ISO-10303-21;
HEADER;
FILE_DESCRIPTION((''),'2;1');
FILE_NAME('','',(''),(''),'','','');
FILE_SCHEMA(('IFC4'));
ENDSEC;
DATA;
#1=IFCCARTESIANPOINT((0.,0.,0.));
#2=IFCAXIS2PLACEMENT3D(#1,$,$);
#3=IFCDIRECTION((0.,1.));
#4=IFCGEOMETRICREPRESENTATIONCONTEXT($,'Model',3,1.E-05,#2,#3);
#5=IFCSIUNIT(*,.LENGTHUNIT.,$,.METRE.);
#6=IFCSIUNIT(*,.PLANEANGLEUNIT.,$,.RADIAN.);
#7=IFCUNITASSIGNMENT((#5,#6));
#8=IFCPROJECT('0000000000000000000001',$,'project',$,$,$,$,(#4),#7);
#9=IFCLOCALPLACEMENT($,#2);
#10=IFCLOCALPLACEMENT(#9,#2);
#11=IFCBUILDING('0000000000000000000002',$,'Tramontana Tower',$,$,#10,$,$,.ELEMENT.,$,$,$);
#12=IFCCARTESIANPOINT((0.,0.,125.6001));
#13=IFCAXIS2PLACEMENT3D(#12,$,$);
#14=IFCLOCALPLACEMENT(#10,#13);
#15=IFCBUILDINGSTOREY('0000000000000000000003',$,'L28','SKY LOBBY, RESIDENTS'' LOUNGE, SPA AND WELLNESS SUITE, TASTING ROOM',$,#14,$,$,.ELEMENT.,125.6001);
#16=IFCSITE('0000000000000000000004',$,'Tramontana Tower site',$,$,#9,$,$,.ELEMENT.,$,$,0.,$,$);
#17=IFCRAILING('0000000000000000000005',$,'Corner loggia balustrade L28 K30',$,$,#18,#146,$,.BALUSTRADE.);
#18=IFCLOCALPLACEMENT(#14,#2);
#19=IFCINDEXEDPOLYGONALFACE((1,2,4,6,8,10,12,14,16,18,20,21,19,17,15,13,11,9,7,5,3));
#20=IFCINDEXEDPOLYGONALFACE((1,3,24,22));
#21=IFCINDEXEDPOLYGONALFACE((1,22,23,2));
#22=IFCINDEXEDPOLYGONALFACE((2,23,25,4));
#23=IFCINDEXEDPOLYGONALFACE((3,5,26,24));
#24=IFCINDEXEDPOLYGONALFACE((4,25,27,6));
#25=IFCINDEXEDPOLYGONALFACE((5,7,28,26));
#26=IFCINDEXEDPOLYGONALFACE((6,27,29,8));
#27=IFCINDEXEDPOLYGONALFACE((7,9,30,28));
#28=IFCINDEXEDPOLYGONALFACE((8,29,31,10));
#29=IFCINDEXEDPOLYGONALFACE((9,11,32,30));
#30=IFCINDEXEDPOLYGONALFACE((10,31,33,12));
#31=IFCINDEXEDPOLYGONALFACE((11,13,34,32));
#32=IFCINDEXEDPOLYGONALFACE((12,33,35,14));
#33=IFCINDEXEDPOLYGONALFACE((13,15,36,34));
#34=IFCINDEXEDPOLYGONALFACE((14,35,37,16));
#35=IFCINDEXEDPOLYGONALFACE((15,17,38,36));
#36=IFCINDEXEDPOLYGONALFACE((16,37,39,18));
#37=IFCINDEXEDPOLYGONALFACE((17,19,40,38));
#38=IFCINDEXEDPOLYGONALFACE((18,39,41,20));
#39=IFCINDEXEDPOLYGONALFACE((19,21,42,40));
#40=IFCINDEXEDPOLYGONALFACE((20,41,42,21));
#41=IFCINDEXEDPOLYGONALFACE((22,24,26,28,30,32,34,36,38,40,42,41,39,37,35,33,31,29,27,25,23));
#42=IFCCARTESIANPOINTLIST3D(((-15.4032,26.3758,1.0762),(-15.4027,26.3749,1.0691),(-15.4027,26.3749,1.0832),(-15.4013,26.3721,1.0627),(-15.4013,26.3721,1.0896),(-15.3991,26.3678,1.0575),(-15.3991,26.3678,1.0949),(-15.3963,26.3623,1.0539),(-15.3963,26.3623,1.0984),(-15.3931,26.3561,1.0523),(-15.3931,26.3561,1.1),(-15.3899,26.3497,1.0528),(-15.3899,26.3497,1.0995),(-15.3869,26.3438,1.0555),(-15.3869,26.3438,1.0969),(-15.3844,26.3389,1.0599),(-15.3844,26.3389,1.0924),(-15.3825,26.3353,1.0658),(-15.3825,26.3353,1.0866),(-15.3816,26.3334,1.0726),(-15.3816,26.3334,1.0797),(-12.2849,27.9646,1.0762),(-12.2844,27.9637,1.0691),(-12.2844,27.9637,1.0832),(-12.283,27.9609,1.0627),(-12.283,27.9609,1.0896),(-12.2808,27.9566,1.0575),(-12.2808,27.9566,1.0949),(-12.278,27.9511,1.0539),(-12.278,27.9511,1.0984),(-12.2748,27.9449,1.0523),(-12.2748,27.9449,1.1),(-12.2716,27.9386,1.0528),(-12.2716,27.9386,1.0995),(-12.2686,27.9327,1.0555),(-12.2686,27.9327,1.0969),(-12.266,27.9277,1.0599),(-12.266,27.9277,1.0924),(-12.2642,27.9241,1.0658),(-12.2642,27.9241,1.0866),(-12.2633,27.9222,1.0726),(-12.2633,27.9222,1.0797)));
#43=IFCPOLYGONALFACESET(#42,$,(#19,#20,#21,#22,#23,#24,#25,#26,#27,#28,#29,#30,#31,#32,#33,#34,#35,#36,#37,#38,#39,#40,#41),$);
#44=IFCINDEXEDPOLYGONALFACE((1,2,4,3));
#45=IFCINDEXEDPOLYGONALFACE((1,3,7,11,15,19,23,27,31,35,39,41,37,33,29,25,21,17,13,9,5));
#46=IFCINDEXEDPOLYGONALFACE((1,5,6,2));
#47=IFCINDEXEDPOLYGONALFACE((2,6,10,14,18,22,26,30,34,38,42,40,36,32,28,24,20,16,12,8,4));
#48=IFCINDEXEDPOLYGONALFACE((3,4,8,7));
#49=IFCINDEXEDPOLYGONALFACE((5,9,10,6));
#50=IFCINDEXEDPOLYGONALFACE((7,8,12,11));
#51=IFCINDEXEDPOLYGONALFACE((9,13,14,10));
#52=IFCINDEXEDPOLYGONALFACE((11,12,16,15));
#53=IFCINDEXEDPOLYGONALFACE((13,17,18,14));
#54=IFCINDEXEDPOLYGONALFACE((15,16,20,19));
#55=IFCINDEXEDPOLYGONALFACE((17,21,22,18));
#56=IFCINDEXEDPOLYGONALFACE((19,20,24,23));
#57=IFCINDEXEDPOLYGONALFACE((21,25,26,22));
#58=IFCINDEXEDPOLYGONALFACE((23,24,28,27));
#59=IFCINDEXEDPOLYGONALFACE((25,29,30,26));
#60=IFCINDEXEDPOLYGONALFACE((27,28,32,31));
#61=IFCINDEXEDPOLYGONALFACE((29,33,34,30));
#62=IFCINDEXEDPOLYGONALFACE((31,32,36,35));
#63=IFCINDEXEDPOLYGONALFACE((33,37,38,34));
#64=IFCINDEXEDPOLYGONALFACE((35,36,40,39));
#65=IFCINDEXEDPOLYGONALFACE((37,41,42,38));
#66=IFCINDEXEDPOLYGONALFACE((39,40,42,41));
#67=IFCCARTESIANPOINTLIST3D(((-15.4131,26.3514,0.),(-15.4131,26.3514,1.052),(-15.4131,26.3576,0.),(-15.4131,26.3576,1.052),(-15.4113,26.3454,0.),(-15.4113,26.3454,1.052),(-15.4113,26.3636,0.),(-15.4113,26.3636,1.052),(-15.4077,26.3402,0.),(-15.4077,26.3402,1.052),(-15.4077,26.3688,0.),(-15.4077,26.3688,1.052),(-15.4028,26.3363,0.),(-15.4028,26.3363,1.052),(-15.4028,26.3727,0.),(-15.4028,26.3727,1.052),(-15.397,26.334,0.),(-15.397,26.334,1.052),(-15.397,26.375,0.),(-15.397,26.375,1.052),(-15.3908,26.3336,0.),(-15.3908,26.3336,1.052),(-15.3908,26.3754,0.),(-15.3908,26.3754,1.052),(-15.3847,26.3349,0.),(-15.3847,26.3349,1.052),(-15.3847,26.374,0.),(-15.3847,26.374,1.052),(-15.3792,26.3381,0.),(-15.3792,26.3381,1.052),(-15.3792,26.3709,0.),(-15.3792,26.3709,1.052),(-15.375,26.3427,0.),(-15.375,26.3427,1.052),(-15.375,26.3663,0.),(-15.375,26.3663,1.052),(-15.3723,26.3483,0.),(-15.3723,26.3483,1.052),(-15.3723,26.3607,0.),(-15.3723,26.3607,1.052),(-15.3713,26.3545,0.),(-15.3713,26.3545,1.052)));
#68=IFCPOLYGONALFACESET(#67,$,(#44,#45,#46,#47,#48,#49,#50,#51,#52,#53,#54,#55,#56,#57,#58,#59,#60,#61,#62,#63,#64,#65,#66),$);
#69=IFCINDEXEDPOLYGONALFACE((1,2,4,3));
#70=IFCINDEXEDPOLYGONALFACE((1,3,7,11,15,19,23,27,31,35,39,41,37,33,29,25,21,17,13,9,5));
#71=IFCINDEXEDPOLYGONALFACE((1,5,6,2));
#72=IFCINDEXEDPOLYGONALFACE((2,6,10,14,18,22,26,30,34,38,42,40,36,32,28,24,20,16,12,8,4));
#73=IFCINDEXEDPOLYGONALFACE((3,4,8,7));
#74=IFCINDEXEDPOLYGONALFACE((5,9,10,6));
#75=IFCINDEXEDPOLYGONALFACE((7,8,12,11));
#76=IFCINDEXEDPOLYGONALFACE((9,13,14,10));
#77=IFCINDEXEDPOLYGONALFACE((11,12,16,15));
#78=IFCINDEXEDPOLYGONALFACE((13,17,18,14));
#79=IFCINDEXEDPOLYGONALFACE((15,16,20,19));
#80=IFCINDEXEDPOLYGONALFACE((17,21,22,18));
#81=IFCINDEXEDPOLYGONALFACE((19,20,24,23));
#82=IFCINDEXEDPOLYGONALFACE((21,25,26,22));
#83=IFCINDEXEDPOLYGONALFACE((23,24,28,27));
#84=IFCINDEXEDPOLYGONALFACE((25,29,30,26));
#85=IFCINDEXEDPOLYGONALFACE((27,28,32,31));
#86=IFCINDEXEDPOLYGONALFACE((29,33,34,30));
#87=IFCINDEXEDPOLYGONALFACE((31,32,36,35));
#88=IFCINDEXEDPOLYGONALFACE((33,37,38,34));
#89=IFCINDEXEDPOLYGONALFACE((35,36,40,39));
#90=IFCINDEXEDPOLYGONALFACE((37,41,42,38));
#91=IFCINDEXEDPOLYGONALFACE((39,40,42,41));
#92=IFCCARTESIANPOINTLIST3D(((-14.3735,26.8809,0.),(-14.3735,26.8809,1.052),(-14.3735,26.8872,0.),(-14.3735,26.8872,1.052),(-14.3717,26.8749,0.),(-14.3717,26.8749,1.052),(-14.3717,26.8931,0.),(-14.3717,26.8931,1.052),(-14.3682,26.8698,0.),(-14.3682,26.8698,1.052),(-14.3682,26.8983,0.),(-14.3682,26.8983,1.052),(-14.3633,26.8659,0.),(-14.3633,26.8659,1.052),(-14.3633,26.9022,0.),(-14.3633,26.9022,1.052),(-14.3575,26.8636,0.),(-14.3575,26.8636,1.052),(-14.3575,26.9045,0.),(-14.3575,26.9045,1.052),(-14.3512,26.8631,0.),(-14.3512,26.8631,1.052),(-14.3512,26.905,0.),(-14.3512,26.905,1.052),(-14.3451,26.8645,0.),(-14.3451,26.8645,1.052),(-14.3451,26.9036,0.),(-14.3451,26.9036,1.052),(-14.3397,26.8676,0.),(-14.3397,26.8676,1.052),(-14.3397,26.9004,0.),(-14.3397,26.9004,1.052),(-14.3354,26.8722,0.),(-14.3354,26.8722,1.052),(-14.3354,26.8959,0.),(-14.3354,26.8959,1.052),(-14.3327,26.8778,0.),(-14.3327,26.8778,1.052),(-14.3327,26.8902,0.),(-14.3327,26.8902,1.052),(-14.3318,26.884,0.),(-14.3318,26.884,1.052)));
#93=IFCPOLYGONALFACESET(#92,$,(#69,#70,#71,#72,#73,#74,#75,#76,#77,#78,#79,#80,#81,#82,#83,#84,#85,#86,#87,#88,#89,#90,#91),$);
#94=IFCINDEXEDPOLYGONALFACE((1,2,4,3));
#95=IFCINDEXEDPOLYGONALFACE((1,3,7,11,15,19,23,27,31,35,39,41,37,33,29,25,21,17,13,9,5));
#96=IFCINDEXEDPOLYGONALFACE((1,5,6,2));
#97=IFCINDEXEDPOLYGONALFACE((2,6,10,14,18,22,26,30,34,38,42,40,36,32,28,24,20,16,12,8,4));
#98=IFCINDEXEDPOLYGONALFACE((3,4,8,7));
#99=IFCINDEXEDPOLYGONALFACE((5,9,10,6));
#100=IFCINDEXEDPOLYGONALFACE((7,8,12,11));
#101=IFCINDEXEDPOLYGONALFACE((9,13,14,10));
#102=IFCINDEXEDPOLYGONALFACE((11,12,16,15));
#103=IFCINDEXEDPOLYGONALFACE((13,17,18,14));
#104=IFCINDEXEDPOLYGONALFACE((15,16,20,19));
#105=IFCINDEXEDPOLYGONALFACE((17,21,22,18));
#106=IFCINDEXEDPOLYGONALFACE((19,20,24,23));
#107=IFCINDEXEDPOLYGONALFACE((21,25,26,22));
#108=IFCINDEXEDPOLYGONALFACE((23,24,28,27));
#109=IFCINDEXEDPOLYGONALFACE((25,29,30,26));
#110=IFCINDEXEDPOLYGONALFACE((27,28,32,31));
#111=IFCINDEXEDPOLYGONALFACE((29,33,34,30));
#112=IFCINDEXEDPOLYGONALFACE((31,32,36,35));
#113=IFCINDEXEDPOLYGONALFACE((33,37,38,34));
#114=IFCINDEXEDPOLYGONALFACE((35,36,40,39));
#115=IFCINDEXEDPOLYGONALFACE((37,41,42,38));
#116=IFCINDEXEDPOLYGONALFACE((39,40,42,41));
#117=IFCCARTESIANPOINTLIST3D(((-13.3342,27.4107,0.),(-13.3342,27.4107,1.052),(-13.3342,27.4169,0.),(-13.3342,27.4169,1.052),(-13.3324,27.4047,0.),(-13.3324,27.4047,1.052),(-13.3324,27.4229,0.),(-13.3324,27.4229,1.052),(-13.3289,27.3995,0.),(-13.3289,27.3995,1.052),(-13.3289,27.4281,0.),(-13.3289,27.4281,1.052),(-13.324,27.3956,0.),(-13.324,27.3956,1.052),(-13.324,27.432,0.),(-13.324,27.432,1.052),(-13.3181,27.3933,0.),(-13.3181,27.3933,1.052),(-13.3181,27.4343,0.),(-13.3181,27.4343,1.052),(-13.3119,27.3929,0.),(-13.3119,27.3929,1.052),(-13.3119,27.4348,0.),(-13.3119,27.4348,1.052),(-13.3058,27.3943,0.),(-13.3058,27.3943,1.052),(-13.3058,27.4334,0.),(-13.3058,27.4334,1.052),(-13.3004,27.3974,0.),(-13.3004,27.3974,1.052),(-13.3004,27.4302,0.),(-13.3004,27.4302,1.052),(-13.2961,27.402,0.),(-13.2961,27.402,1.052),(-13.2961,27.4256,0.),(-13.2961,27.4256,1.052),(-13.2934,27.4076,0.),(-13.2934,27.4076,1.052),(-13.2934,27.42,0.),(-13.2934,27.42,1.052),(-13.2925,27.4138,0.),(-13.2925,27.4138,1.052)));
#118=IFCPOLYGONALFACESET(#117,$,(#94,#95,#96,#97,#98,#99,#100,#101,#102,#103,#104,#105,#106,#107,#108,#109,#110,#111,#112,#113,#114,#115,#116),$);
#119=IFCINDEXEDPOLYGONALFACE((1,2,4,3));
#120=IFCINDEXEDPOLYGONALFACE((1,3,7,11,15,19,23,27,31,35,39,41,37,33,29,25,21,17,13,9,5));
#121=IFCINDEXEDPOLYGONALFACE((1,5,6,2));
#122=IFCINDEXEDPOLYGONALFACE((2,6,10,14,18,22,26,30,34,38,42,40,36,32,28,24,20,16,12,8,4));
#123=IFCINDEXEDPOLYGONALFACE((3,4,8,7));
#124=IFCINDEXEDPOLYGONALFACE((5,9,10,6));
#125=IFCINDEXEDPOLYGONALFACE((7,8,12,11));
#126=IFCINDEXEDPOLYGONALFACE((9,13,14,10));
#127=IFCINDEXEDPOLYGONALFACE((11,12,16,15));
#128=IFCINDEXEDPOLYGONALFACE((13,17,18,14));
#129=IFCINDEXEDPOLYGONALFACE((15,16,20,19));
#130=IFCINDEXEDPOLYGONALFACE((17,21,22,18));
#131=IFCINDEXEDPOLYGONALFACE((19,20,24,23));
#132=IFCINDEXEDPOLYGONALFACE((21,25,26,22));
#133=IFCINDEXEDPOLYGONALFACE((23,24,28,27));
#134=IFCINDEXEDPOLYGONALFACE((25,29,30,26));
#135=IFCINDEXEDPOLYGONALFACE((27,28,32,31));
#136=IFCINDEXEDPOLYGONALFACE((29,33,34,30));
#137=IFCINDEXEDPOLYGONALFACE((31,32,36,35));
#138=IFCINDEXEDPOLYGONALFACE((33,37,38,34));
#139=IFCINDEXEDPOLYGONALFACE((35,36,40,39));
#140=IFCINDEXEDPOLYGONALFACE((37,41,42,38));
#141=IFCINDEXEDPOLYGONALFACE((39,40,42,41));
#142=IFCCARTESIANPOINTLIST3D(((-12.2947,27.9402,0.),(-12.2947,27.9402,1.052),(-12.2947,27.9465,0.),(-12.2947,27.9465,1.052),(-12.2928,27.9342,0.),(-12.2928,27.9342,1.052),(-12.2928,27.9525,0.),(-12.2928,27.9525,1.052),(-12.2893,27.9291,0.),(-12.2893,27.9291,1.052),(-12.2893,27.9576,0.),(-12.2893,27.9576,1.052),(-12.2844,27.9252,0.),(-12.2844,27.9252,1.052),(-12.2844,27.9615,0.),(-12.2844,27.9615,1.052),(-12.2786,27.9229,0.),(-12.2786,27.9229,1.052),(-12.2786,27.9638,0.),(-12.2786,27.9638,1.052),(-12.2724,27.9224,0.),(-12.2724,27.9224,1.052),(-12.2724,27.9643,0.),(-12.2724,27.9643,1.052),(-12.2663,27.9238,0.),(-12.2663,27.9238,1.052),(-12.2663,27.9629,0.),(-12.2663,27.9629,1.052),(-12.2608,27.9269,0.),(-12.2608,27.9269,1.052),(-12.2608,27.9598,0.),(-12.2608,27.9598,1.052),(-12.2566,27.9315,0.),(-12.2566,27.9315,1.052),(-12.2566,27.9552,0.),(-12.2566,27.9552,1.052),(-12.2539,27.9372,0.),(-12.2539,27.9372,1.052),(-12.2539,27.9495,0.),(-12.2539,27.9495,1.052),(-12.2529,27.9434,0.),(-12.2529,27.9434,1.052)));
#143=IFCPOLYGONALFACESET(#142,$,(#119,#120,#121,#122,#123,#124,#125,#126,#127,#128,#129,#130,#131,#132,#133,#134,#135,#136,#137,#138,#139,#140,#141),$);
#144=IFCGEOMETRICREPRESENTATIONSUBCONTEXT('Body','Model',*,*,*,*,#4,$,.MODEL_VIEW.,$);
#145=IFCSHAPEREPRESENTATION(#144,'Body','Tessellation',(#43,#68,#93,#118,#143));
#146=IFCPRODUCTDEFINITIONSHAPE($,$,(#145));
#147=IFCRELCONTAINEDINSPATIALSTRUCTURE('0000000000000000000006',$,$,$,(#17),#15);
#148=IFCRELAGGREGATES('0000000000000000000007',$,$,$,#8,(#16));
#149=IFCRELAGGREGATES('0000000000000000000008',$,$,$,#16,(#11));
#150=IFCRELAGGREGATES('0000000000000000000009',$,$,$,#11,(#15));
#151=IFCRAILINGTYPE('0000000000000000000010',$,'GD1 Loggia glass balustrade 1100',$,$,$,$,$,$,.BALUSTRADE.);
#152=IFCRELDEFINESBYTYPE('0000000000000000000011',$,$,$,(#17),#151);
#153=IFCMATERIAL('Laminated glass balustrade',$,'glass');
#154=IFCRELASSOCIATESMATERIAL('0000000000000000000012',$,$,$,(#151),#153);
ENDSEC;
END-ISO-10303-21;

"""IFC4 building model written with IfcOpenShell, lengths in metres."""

from ifc_helpers import new_model, si_unit, direction, frame, origin, origin_2d, place, context, subcontext, project, spatial, circle, extrude, material, type_object, element, save


model = new_model("IFC4")

# Units and contexts
model_context = context("Model", 3, precision=1e-05, world=origin(), true_north=direction((0.0, 1.0)))
body_context = subcontext(model_context, "Body", "Model", "MODEL_VIEW")
ifc_project = project(units=[si_unit("LENGTHUNIT", "METRE"), si_unit("PLANEANGLEUNIT", "RADIAN")], contexts=[model_context])

# Site, building, storey
site_placement = place(None, origin())
site = spatial("IfcSite", under=ifc_project, at=site_placement, Name="Tramontana Tower site", CompositionType="ELEMENT", RefElevation=0.0)
building_placement = place(site_placement, origin())
building = spatial("IfcBuilding", under=site, at=building_placement, Name="Tramontana Tower", CompositionType="ELEMENT")
storey_placement = place(building_placement, frame((0.0, 0.0, 125.6001)))
storey = spatial("IfcBuildingStorey", under=building, at=storey_placement, Name="L28", Description="SKY LOBBY, RESIDENTS' LOUNGE, SPA AND WELLNESS SUITE, TASTING ROOM", CompositionType="ELEMENT", Elevation=125.6001)

# Railing
ifc_material_1 = material(Name="Laminated glass balustrade", Category="glass")
railing_type = type_object("IfcRailingType", Name="GD1 Loggia glass balustrade 1100", PredefinedType="BALUSTRADE", material=ifc_material_1)
railing_placement = place(storey_placement, frame((-15.3923, 26.3545, 0.0)))
element("IfcRailing", 1, at=railing_placement, inside=storey, type_object=railing_type, Name="Corner loggia balustrade L28 K30", PredefinedType="BALUSTRADE", context=body_context, shape_type="SweptSolid", body=[
    extrude(circle(Radius=0.0239, at=origin_2d()), frame((0.0, 0.0, 1.0762), z_axis=(0.891011, 0.453981, 0.0), x_axis=(-0.453981, 0.891011, 0.0)), (0.0, 0.0, 1.0), 3.4998),
    extrude(circle(Radius=0.021, at=origin_2d()), origin(), (0.0, 0.0, 1.0), 1.052),
    extrude(circle(Radius=0.021, at=origin_2d()), frame((1.0396, 0.5295, 0.0)), (0.0, 0.0, 1.0), 1.052),
    extrude(circle(Radius=0.021, at=origin_2d()), frame((2.0789, 1.0593, 0.0)), (0.0, 0.0, 1.0), 1.052),
    extrude(circle(Radius=0.021, at=origin_2d()), frame((3.1184, 1.5889, 0.0)), (0.0, 0.0, 1.0), 1.052),
])

save(model, "model.ifc")
